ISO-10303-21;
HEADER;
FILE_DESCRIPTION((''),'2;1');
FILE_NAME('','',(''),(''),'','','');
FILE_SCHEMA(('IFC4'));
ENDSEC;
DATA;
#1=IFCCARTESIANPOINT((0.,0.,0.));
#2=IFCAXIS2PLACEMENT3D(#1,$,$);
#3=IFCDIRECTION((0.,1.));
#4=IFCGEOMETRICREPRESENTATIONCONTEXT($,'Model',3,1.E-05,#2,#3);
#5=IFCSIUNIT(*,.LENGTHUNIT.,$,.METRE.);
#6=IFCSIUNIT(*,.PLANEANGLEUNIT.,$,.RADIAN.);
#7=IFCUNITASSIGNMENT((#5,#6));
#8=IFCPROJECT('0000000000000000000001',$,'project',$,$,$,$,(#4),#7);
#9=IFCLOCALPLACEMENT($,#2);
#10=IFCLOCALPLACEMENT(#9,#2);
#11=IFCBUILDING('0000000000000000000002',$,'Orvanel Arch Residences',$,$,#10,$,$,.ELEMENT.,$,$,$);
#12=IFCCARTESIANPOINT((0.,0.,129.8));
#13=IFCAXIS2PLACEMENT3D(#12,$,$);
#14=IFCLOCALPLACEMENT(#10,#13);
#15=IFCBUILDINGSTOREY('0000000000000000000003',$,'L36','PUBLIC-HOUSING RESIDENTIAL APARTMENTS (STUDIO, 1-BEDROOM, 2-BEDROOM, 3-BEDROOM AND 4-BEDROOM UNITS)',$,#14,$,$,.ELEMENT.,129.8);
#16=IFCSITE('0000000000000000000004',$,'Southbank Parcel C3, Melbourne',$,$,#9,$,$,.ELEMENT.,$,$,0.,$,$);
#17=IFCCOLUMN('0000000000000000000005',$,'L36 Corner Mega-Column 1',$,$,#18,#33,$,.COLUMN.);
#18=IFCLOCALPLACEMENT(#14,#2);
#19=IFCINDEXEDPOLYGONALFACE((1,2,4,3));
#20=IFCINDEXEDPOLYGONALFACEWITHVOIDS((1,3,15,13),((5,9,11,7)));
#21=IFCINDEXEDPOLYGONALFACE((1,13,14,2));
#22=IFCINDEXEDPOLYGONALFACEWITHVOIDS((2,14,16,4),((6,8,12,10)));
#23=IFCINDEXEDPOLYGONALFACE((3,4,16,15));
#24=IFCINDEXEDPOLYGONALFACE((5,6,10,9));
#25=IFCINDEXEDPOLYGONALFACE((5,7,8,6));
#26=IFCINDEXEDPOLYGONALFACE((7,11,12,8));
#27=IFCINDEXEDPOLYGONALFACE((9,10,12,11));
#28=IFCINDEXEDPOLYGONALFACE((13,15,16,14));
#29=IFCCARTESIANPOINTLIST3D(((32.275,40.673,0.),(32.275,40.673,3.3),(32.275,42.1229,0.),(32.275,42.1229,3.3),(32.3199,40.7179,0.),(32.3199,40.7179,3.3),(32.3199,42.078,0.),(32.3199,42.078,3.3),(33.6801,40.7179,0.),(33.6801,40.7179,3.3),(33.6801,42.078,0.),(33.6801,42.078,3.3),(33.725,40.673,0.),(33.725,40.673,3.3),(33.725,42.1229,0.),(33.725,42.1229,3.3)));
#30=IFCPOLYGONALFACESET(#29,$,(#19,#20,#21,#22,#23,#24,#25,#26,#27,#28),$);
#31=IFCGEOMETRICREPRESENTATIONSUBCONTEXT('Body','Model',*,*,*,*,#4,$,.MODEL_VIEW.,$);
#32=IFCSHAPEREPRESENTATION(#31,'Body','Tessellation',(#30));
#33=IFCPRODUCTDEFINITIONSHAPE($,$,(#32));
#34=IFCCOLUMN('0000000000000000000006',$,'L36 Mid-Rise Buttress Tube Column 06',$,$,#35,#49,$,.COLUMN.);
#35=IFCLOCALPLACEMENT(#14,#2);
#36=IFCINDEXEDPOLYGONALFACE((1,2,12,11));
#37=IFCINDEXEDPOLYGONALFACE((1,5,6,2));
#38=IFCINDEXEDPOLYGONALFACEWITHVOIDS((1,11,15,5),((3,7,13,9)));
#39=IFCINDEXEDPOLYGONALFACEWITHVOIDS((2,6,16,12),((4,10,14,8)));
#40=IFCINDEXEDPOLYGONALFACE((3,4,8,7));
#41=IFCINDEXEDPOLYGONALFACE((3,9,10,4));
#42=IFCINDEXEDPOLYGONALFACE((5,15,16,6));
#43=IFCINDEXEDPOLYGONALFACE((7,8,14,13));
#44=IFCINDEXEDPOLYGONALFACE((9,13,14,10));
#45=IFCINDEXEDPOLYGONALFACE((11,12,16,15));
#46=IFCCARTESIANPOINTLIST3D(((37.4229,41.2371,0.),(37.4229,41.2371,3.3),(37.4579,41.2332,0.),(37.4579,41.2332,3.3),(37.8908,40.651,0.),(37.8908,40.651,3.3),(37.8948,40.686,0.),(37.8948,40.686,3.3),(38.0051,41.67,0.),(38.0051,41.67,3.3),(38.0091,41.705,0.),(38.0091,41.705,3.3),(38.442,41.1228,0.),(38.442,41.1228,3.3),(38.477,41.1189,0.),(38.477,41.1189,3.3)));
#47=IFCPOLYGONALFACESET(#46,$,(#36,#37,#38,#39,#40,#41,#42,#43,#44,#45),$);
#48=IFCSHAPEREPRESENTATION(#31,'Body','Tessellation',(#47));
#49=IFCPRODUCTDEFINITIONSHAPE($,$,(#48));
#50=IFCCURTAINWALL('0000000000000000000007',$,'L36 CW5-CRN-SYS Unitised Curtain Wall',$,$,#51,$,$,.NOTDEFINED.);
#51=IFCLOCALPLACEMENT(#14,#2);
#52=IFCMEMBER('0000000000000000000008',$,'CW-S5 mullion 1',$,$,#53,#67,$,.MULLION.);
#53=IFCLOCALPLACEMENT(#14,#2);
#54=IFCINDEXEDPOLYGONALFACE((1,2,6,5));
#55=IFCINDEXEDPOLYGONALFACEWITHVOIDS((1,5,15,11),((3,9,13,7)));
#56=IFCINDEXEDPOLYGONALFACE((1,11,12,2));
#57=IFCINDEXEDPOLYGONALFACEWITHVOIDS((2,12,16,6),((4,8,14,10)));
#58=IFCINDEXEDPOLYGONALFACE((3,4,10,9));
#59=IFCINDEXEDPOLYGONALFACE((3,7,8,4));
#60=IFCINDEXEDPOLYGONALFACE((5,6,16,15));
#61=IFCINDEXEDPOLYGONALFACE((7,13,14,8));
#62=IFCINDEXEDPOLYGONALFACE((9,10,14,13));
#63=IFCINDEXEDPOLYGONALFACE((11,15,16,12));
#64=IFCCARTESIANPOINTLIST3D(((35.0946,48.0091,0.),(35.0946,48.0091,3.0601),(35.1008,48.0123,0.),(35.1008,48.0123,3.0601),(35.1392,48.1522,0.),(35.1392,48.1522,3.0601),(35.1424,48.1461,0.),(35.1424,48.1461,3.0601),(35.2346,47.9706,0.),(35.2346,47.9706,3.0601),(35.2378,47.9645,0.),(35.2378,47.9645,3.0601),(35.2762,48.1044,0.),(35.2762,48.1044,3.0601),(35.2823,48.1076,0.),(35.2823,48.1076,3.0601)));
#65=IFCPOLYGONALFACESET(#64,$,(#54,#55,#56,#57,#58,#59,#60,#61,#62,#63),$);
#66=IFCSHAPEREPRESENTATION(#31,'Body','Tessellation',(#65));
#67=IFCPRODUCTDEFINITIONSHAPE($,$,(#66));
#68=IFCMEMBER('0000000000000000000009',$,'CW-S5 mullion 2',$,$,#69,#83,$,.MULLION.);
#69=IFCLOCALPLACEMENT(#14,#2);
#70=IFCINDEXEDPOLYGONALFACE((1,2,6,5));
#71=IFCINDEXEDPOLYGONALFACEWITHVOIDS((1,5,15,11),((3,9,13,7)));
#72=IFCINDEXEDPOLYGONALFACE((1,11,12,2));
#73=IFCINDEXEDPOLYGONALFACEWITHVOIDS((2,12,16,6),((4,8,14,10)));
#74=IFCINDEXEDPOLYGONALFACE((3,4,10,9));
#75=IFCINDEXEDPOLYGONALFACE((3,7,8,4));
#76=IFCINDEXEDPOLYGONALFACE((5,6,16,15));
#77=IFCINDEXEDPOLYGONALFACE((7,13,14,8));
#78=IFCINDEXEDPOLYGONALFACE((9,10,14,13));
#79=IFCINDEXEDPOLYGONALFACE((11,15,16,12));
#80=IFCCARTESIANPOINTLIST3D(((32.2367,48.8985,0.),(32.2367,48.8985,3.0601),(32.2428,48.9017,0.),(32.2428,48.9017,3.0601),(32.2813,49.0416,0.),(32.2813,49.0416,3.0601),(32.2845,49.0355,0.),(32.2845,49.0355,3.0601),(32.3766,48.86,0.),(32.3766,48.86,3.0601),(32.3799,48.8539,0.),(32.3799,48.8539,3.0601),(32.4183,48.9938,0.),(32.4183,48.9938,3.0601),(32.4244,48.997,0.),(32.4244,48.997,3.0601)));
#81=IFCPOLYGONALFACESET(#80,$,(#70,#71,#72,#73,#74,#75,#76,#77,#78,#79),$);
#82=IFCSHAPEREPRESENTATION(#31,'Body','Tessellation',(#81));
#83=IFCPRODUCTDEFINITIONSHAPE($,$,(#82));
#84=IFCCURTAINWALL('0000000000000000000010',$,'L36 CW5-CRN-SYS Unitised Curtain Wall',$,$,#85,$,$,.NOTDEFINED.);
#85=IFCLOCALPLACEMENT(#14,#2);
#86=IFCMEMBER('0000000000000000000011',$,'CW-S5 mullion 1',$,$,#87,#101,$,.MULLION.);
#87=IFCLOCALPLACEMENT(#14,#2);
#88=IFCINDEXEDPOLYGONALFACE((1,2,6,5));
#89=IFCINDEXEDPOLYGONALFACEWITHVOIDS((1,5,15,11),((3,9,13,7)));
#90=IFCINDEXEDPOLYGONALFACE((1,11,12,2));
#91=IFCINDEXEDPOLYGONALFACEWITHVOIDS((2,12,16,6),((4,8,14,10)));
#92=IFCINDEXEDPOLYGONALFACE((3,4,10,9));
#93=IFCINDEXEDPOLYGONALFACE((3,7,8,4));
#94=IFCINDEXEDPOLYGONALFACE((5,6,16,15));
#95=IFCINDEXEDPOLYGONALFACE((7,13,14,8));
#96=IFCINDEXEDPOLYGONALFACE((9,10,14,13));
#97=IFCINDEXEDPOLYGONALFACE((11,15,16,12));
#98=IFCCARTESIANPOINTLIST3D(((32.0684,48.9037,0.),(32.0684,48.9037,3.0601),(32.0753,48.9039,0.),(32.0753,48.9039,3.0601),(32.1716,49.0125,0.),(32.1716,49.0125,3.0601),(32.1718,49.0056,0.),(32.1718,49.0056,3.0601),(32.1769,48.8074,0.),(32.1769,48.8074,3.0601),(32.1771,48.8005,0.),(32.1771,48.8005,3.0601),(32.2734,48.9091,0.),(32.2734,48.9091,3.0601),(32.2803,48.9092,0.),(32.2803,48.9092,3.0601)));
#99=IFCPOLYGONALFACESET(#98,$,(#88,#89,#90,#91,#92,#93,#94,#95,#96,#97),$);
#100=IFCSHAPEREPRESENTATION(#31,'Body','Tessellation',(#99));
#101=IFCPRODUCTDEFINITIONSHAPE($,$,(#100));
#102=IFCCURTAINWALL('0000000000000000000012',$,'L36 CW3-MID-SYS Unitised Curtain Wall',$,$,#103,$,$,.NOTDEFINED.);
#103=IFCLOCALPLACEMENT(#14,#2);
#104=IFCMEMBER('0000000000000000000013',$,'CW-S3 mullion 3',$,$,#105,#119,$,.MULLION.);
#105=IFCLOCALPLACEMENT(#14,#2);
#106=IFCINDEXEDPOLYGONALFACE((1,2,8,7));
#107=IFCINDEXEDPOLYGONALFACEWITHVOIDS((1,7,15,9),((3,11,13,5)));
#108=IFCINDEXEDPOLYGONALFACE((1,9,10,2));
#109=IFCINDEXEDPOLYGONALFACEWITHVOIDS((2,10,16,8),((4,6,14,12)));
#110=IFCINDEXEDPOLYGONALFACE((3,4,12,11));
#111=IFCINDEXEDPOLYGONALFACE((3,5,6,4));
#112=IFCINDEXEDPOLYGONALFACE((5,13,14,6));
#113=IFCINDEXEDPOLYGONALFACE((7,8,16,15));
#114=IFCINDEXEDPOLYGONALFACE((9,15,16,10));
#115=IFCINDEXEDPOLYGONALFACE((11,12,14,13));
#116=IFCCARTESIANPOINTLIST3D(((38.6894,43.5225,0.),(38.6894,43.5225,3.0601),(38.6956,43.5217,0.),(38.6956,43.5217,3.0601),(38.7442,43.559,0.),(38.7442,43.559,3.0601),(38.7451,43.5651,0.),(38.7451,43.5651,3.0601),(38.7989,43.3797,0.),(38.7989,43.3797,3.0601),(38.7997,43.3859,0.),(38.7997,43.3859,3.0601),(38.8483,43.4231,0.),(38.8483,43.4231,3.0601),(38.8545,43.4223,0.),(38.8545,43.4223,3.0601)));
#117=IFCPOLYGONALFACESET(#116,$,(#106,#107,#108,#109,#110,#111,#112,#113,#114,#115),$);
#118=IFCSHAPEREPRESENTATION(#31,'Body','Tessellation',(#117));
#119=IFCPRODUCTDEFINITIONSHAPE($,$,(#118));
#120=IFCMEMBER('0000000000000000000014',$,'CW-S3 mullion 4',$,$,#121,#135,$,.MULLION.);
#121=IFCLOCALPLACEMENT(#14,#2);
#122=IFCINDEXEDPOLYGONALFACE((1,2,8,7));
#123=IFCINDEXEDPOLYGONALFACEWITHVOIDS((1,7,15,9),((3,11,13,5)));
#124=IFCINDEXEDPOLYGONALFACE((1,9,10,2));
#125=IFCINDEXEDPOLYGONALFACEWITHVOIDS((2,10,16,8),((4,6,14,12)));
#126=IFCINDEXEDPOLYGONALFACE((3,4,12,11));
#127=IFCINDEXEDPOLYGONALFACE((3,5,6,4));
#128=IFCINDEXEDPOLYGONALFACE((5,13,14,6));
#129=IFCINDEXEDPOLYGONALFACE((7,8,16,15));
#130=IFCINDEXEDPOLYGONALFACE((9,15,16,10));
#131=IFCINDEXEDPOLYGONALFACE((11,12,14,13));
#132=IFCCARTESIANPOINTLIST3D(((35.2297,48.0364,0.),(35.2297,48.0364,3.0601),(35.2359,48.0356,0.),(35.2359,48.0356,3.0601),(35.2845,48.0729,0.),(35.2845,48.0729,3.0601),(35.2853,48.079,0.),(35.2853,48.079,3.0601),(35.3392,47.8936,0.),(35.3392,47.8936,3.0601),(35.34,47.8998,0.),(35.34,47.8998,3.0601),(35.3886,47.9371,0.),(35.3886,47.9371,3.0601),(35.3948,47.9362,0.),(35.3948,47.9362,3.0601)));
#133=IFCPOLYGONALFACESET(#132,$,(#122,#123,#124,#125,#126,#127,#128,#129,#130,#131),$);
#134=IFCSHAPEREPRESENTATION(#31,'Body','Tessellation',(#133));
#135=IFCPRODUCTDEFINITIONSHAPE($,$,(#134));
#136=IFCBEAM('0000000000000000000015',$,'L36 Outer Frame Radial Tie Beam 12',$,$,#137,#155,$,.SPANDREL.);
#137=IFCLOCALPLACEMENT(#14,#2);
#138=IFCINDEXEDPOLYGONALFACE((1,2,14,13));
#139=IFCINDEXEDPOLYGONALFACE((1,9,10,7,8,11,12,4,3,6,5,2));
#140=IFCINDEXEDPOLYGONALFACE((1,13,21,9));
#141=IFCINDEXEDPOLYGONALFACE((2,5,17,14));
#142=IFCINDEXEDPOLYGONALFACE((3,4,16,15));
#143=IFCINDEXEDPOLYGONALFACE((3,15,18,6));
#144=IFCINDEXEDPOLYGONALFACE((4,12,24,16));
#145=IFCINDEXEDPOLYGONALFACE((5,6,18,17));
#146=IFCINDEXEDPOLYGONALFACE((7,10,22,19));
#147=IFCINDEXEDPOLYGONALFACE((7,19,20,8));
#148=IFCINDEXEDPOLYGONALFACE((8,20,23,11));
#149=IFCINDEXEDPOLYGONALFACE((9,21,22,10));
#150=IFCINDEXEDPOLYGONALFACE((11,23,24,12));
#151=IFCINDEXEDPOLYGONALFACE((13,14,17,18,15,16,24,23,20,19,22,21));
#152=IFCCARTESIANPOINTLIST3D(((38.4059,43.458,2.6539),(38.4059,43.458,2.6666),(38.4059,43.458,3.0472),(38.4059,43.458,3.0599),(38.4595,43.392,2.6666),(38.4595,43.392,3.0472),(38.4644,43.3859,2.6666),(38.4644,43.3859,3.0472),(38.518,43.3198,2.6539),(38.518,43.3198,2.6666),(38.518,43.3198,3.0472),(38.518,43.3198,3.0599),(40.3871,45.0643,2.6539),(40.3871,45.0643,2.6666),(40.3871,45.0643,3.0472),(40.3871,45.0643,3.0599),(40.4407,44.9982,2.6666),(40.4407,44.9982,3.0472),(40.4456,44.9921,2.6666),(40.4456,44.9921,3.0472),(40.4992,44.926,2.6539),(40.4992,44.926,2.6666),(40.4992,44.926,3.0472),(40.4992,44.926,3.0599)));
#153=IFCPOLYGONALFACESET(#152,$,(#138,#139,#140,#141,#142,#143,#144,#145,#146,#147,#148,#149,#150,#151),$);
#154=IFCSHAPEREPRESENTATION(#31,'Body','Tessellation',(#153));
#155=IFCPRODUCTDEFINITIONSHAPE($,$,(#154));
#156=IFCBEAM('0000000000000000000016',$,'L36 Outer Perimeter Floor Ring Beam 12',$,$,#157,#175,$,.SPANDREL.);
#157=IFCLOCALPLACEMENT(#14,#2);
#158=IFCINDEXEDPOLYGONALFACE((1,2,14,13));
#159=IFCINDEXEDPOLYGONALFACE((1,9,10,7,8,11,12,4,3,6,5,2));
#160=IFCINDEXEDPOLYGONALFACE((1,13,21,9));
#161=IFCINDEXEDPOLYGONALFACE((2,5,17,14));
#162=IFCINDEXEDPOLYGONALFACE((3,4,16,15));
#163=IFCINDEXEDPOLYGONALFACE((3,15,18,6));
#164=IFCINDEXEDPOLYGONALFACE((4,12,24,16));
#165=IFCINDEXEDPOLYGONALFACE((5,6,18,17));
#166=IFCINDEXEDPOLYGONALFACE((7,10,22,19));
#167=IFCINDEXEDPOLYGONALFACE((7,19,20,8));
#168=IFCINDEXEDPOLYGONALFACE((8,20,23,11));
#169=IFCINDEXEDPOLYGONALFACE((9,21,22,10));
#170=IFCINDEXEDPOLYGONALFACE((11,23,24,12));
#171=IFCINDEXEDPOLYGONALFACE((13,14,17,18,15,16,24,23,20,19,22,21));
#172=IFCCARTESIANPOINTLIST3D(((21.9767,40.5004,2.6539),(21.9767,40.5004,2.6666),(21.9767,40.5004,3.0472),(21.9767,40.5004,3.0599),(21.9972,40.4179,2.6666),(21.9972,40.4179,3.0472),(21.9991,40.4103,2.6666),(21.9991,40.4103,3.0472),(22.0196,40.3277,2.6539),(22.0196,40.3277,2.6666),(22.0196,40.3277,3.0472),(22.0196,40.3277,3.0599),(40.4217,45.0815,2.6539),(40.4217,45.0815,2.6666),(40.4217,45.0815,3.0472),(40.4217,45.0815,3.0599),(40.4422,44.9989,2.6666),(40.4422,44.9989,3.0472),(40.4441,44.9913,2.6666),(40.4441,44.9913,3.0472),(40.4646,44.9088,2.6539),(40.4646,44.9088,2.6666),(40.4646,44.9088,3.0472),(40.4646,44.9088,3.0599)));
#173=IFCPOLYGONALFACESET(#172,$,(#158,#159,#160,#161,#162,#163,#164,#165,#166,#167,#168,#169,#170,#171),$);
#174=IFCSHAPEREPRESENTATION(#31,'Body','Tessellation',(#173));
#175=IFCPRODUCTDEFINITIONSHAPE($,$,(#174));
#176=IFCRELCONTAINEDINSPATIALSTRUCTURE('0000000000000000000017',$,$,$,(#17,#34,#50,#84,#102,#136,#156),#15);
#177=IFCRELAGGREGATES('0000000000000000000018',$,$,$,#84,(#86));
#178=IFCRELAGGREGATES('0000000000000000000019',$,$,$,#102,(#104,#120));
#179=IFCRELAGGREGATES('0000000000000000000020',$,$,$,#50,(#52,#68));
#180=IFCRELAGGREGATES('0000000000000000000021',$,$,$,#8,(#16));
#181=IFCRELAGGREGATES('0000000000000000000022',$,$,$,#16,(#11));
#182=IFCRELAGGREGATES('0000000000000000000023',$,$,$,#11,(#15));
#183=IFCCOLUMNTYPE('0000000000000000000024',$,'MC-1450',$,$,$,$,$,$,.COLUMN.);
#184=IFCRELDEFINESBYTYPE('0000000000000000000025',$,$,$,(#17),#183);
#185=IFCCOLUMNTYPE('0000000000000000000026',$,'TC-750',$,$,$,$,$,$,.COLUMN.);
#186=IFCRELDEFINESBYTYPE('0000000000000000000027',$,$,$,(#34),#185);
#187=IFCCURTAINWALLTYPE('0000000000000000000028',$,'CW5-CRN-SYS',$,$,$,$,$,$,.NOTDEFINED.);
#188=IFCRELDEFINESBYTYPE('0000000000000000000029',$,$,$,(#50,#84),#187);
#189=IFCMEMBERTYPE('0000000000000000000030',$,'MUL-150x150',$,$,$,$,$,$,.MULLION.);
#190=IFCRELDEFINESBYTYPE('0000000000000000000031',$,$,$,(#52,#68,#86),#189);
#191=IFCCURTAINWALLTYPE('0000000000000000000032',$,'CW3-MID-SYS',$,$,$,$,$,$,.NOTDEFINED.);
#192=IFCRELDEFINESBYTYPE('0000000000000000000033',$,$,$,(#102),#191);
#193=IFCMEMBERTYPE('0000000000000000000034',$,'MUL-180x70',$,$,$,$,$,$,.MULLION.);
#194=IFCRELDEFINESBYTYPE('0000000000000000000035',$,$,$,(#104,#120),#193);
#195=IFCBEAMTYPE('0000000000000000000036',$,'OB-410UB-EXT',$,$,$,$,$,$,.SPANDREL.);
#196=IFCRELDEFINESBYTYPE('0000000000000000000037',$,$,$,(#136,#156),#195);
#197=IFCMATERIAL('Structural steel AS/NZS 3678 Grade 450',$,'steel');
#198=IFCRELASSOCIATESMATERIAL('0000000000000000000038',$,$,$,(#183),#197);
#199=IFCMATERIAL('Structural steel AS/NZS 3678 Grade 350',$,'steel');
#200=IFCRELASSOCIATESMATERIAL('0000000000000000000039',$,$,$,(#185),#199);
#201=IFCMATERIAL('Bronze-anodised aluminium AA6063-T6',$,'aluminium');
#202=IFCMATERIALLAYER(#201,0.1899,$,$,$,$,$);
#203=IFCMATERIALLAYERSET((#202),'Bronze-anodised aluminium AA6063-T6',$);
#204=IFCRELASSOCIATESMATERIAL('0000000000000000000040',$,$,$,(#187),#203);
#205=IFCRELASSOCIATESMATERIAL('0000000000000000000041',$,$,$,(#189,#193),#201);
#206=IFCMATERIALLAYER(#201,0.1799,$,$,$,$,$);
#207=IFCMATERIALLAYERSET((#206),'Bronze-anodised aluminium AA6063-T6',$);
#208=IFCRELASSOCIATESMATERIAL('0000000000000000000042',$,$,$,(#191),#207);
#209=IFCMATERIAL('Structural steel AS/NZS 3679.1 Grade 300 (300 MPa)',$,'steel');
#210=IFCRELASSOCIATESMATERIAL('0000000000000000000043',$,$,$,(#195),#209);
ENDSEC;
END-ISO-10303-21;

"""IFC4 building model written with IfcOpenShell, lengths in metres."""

from ifc_helpers import new_model, si_unit, direction, frame, origin, origin_2d, place, context, subcontext, project, spatial, hollow_rectangle, i_section, extrude, material, layer, layer_set, material_profile, profile_set, type_object, element, aggregate, save


model = new_model("IFC4")

# Units and contexts
model_context = context("Model", 3, precision=1e-05, world=origin(), true_north=direction((0.0, 1.0)))
body_context = subcontext(model_context, "Body", "Model", "MODEL_VIEW")
ifc_project = project(units=[si_unit("LENGTHUNIT", "METRE"), si_unit("PLANEANGLEUNIT", "RADIAN")], contexts=[model_context])

# Site, building, storey
site_placement = place(None, origin())
site = spatial("IfcSite", under=ifc_project, at=site_placement, Name="Southbank Parcel C3, Melbourne", CompositionType="ELEMENT", RefElevation=0.0)
building_placement = place(site_placement, origin())
building = spatial("IfcBuilding", under=site, at=building_placement, Name="Orvanel Arch Residences", CompositionType="ELEMENT")
storey_placement = place(building_placement, frame((0.0, 0.0, 129.8)))
storey = spatial("IfcBuildingStorey", under=building, at=storey_placement, Name="L36", Description="PUBLIC-HOUSING RESIDENTIAL APARTMENTS (STUDIO, 1-BEDROOM, 2-BEDROOM, 3-BEDROOM AND 4-BEDROOM UNITS)", CompositionType="ELEMENT", Elevation=129.8)

# Columns
ifc_material_1 = material(Name="Structural steel AS/NZS 3678 Grade 450", Category="steel")
ifc_material_profile_1 = material_profile(ifc_material_1, hollow_rectangle(XDim=1.45, YDim=1.45, WallThickness=0.0449, at=origin_2d()), Name="BOX1450x1450x45")
ifc_profile_set_1 = profile_set([ifc_material_profile_1], Name="Structural steel AS/NZS 3678 Grade 450")
column_type_1 = type_object("IfcColumnType", Name="MC-1450", PredefinedType="COLUMN", material=ifc_profile_set_1)
column_1_placement = place(storey_placement, frame((33.0, 41.3979, 0.0), z_axis=(0.0, 0.0, 1.0), x_axis=(1.0, 0.0, 0.0)))
element("IfcColumn", 1, at=column_1_placement, inside=storey, type_object=column_type_1, Name="L36 Corner Mega-Column 1", PredefinedType="COLUMN", context=body_context, shape_type="SweptSolid", body=[
    extrude(hollow_rectangle(XDim=1.45, YDim=1.45, WallThickness=0.0449, at=origin_2d()), origin(), (0.0, 0.0, 1.0), 3.3),
])
ifc_material_2 = material(Name="Structural steel AS/NZS 3678 Grade 350", Category="steel")
ifc_material_profile_2 = material_profile(ifc_material_2, hollow_rectangle(XDim=0.75, YDim=0.75, WallThickness=0.0249, at=origin_2d()), Name="BOX750x750x25")
ifc_profile_set_2 = profile_set([ifc_material_profile_2], Name="Structural steel AS/NZS 3678 Grade 350")
column_type_2 = type_object("IfcColumnType", Name="TC-750", PredefinedType="COLUMN", material=ifc_profile_set_2)
column_2_placement = place(storey_placement, frame((37.95, 41.178, 0.0), z_axis=(0.0, 0.0, 1.0), x_axis=(-0.62388, 0.78152, 0.0)))
element("IfcColumn", 2, at=column_2_placement, inside=storey, type_object=column_type_2, Name="L36 Mid-Rise Buttress Tube Column 06", PredefinedType="COLUMN", context=body_context, shape_type="SweptSolid", body=[
    extrude(hollow_rectangle(XDim=0.75, YDim=0.75, WallThickness=0.0249, at=origin_2d()), origin(), (0.0, 0.0, 1.0), 3.3),
])

# Curtain wall, members
ifc_material_3 = material(Name="Bronze-anodised aluminium AA6063-T6", Category="aluminium")
ifc_layer_1 = layer(ifc_material_3, 0.1899)
ifc_layer_set_1 = layer_set([ifc_layer_1], Name="Bronze-anodised aluminium AA6063-T6")
curtain_wall_type_1 = type_object("IfcCurtainWallType", Name="CW5-CRN-SYS", PredefinedType="NOTDEFINED", material=ifc_layer_set_1)
curtain_wall_1_placement = place(storey_placement, origin())
curtain_wall_1 = element("IfcCurtainWall", 3, at=curtain_wall_1_placement, inside=storey, type_object=curtain_wall_type_1, Name="L36 CW5-CRN-SYS Unitised Curtain Wall", PredefinedType="NOTDEFINED")
ifc_material_profile_3 = material_profile(ifc_material_3, hollow_rectangle(XDim=0.1499, YDim=0.1499, WallThickness=0.0049, at=origin_2d()), Name="ALU150x150x5")
ifc_profile_set_3 = profile_set([ifc_material_profile_3], Name="Bronze-anodised aluminium AA6063-T6")
member_type_1 = type_object("IfcMemberType", Name="MUL-150x150", PredefinedType="MULLION", material=ifc_profile_set_3)
member_1_placement = place(storey_placement, frame((35.1885, 48.0583, 0.0), z_axis=(0.0, 0.0, 1.0), x_axis=(-0.29717, -0.954825, 0.0)))
member_1 = element("IfcMember", 4, at=member_1_placement, type_object=member_type_1, Name="CW-S5 mullion 1", PredefinedType="MULLION", context=body_context, shape_type="SweptSolid", body=[
    extrude(hollow_rectangle(XDim=0.1499, YDim=0.1499, WallThickness=0.0049, at=origin_2d()), origin(), (0.0, 0.0, 1.0), 3.0601),
])
member_2_placement = place(storey_placement, frame((32.3306, 48.9478, 0.0), z_axis=(0.0, 0.0, 1.0), x_axis=(-0.29717, -0.954825, 0.0)))
member_2 = element("IfcMember", 5, at=member_2_placement, type_object=member_type_1, Name="CW-S5 mullion 2", PredefinedType="MULLION", context=body_context, shape_type="SweptSolid", body=[
    extrude(hollow_rectangle(XDim=0.1499, YDim=0.1499, WallThickness=0.0049, at=origin_2d()), origin(), (0.0, 0.0, 1.0), 3.0601),
])

# Curtain wall, member
curtain_wall_2_placement = place(storey_placement, origin())
curtain_wall_2 = element("IfcCurtainWall", 6, at=curtain_wall_2_placement, inside=storey, type_object=curtain_wall_type_1, Name="L36 CW5-CRN-SYS Unitised Curtain Wall", PredefinedType="NOTDEFINED")
member_3_placement = place(storey_placement, frame((32.1743, 48.9065, 0.0), z_axis=(0.0, 0.0, 1.0), x_axis=(0.725178, -0.688562, 0.0)))
member_3 = element("IfcMember", 7, at=member_3_placement, type_object=member_type_1, Name="CW-S5 mullion 1", PredefinedType="MULLION", context=body_context, shape_type="SweptSolid", body=[
    extrude(hollow_rectangle(XDim=0.1499, YDim=0.1499, WallThickness=0.0049, at=origin_2d()), origin(), (0.0, 0.0, 1.0), 3.0601),
])

# Curtain wall, members
ifc_layer_2 = layer(ifc_material_3, 0.1799)
ifc_layer_set_2 = layer_set([ifc_layer_2], Name="Bronze-anodised aluminium AA6063-T6")
curtain_wall_type_2 = type_object("IfcCurtainWallType", Name="CW3-MID-SYS", PredefinedType="NOTDEFINED", material=ifc_layer_set_2)
curtain_wall_3_placement = place(storey_placement, origin())
curtain_wall_3 = element("IfcCurtainWall", 8, at=curtain_wall_3_placement, inside=storey, type_object=curtain_wall_type_2, Name="L36 CW3-MID-SYS Unitised Curtain Wall", PredefinedType="NOTDEFINED")
ifc_material_profile_4 = material_profile(ifc_material_3, hollow_rectangle(XDim=0.0701, YDim=0.1799, WallThickness=0.0044, at=origin_2d()), Name="ALU180x70x4.5")
ifc_profile_set_4 = profile_set([ifc_material_profile_4], Name="Bronze-anodised aluminium AA6063-T6")
member_type_2 = type_object("IfcMemberType", Name="MUL-180x70", PredefinedType="MULLION", material=ifc_profile_set_4)
member_4_placement = place(storey_placement, frame((38.772, 43.4724, 0.0), z_axis=(0.0, 0.0, 1.0), x_axis=(-0.793686, -0.608328, 0.0)))
member_4 = element("IfcMember", 9, at=member_4_placement, type_object=member_type_2, Name="CW-S3 mullion 3", PredefinedType="MULLION", context=body_context, shape_type="SweptSolid", body=[
    extrude(hollow_rectangle(XDim=0.0701, YDim=0.1799, WallThickness=0.0044, at=origin_2d()), origin(), (0.0, 0.0, 1.0), 3.0601),
])
member_5_placement = place(storey_placement, frame((35.3123, 47.9863, 0.0), z_axis=(0.0, 0.0, 1.0), x_axis=(-0.793686, -0.608328, 0.0)))
member_5 = element("IfcMember", 10, at=member_5_placement, type_object=member_type_2, Name="CW-S3 mullion 4", PredefinedType="MULLION", context=body_context, shape_type="SweptSolid", body=[
    extrude(hollow_rectangle(XDim=0.0701, YDim=0.1799, WallThickness=0.0044, at=origin_2d()), origin(), (0.0, 0.0, 1.0), 3.0601),
])

# Beams
ifc_material_4 = material(Name="Structural steel AS/NZS 3679.1 Grade 300 (300 MPa)", Category="steel")
ifc_material_profile_5 = material_profile(ifc_material_4, i_section(OverallWidth=0.178, OverallDepth=0.406, WebThickness=0.0078, FlangeThickness=0.0127, at=origin_2d()), Name="410UB59.7")
ifc_profile_set_5 = profile_set([ifc_material_profile_5], Name="Structural steel AS/NZS 3679.1 Grade 300 (300 MPa)")
beam_type_1 = type_object("IfcBeamType", Name="OB-410UB-EXT", PredefinedType="SPANDREL", material=ifc_profile_set_5)
beam_1_placement = place(storey_placement, frame((38.4619, 43.3889, 2.8569), z_axis=(0.77679, 0.62976, 0.0), x_axis=(-0.62976, 0.77679, 0.0)))
element("IfcBeam", 11, at=beam_1_placement, inside=storey, type_object=beam_type_1, Name="L36 Outer Frame Radial Tie Beam 12", PredefinedType="SPANDREL", context=body_context, shape_type="SweptSolid", body=[
    extrude(i_section(OverallWidth=0.178, OverallDepth=0.406, WebThickness=0.0078, FlangeThickness=0.0127, at=origin_2d()), origin(), (0.0, 0.0, 1.0), 2.5505),
])
beam_2_placement = place(storey_placement, frame((40.4431, 44.9951, 2.8569), z_axis=(-0.970515, -0.241039, 0.0), x_axis=(0.241039, -0.970515, 0.0)))
element("IfcBeam", 12, at=beam_2_placement, inside=storey, type_object=beam_type_1, Name="L36 Outer Perimeter Floor Ring Beam 12", PredefinedType="SPANDREL", context=body_context, shape_type="SweptSolid", body=[
    extrude(i_section(OverallWidth=0.178, OverallDepth=0.406, WebThickness=0.0078, FlangeThickness=0.0127, at=origin_2d()), origin(), (0.0, 0.0, 1.0), 19.0054),
])

aggregate(curtain_wall_2, [member_3])

aggregate(curtain_wall_3, [member_4, member_5])
aggregate(curtain_wall_1, [member_1, member_2])

save(model, "model.ifc")
